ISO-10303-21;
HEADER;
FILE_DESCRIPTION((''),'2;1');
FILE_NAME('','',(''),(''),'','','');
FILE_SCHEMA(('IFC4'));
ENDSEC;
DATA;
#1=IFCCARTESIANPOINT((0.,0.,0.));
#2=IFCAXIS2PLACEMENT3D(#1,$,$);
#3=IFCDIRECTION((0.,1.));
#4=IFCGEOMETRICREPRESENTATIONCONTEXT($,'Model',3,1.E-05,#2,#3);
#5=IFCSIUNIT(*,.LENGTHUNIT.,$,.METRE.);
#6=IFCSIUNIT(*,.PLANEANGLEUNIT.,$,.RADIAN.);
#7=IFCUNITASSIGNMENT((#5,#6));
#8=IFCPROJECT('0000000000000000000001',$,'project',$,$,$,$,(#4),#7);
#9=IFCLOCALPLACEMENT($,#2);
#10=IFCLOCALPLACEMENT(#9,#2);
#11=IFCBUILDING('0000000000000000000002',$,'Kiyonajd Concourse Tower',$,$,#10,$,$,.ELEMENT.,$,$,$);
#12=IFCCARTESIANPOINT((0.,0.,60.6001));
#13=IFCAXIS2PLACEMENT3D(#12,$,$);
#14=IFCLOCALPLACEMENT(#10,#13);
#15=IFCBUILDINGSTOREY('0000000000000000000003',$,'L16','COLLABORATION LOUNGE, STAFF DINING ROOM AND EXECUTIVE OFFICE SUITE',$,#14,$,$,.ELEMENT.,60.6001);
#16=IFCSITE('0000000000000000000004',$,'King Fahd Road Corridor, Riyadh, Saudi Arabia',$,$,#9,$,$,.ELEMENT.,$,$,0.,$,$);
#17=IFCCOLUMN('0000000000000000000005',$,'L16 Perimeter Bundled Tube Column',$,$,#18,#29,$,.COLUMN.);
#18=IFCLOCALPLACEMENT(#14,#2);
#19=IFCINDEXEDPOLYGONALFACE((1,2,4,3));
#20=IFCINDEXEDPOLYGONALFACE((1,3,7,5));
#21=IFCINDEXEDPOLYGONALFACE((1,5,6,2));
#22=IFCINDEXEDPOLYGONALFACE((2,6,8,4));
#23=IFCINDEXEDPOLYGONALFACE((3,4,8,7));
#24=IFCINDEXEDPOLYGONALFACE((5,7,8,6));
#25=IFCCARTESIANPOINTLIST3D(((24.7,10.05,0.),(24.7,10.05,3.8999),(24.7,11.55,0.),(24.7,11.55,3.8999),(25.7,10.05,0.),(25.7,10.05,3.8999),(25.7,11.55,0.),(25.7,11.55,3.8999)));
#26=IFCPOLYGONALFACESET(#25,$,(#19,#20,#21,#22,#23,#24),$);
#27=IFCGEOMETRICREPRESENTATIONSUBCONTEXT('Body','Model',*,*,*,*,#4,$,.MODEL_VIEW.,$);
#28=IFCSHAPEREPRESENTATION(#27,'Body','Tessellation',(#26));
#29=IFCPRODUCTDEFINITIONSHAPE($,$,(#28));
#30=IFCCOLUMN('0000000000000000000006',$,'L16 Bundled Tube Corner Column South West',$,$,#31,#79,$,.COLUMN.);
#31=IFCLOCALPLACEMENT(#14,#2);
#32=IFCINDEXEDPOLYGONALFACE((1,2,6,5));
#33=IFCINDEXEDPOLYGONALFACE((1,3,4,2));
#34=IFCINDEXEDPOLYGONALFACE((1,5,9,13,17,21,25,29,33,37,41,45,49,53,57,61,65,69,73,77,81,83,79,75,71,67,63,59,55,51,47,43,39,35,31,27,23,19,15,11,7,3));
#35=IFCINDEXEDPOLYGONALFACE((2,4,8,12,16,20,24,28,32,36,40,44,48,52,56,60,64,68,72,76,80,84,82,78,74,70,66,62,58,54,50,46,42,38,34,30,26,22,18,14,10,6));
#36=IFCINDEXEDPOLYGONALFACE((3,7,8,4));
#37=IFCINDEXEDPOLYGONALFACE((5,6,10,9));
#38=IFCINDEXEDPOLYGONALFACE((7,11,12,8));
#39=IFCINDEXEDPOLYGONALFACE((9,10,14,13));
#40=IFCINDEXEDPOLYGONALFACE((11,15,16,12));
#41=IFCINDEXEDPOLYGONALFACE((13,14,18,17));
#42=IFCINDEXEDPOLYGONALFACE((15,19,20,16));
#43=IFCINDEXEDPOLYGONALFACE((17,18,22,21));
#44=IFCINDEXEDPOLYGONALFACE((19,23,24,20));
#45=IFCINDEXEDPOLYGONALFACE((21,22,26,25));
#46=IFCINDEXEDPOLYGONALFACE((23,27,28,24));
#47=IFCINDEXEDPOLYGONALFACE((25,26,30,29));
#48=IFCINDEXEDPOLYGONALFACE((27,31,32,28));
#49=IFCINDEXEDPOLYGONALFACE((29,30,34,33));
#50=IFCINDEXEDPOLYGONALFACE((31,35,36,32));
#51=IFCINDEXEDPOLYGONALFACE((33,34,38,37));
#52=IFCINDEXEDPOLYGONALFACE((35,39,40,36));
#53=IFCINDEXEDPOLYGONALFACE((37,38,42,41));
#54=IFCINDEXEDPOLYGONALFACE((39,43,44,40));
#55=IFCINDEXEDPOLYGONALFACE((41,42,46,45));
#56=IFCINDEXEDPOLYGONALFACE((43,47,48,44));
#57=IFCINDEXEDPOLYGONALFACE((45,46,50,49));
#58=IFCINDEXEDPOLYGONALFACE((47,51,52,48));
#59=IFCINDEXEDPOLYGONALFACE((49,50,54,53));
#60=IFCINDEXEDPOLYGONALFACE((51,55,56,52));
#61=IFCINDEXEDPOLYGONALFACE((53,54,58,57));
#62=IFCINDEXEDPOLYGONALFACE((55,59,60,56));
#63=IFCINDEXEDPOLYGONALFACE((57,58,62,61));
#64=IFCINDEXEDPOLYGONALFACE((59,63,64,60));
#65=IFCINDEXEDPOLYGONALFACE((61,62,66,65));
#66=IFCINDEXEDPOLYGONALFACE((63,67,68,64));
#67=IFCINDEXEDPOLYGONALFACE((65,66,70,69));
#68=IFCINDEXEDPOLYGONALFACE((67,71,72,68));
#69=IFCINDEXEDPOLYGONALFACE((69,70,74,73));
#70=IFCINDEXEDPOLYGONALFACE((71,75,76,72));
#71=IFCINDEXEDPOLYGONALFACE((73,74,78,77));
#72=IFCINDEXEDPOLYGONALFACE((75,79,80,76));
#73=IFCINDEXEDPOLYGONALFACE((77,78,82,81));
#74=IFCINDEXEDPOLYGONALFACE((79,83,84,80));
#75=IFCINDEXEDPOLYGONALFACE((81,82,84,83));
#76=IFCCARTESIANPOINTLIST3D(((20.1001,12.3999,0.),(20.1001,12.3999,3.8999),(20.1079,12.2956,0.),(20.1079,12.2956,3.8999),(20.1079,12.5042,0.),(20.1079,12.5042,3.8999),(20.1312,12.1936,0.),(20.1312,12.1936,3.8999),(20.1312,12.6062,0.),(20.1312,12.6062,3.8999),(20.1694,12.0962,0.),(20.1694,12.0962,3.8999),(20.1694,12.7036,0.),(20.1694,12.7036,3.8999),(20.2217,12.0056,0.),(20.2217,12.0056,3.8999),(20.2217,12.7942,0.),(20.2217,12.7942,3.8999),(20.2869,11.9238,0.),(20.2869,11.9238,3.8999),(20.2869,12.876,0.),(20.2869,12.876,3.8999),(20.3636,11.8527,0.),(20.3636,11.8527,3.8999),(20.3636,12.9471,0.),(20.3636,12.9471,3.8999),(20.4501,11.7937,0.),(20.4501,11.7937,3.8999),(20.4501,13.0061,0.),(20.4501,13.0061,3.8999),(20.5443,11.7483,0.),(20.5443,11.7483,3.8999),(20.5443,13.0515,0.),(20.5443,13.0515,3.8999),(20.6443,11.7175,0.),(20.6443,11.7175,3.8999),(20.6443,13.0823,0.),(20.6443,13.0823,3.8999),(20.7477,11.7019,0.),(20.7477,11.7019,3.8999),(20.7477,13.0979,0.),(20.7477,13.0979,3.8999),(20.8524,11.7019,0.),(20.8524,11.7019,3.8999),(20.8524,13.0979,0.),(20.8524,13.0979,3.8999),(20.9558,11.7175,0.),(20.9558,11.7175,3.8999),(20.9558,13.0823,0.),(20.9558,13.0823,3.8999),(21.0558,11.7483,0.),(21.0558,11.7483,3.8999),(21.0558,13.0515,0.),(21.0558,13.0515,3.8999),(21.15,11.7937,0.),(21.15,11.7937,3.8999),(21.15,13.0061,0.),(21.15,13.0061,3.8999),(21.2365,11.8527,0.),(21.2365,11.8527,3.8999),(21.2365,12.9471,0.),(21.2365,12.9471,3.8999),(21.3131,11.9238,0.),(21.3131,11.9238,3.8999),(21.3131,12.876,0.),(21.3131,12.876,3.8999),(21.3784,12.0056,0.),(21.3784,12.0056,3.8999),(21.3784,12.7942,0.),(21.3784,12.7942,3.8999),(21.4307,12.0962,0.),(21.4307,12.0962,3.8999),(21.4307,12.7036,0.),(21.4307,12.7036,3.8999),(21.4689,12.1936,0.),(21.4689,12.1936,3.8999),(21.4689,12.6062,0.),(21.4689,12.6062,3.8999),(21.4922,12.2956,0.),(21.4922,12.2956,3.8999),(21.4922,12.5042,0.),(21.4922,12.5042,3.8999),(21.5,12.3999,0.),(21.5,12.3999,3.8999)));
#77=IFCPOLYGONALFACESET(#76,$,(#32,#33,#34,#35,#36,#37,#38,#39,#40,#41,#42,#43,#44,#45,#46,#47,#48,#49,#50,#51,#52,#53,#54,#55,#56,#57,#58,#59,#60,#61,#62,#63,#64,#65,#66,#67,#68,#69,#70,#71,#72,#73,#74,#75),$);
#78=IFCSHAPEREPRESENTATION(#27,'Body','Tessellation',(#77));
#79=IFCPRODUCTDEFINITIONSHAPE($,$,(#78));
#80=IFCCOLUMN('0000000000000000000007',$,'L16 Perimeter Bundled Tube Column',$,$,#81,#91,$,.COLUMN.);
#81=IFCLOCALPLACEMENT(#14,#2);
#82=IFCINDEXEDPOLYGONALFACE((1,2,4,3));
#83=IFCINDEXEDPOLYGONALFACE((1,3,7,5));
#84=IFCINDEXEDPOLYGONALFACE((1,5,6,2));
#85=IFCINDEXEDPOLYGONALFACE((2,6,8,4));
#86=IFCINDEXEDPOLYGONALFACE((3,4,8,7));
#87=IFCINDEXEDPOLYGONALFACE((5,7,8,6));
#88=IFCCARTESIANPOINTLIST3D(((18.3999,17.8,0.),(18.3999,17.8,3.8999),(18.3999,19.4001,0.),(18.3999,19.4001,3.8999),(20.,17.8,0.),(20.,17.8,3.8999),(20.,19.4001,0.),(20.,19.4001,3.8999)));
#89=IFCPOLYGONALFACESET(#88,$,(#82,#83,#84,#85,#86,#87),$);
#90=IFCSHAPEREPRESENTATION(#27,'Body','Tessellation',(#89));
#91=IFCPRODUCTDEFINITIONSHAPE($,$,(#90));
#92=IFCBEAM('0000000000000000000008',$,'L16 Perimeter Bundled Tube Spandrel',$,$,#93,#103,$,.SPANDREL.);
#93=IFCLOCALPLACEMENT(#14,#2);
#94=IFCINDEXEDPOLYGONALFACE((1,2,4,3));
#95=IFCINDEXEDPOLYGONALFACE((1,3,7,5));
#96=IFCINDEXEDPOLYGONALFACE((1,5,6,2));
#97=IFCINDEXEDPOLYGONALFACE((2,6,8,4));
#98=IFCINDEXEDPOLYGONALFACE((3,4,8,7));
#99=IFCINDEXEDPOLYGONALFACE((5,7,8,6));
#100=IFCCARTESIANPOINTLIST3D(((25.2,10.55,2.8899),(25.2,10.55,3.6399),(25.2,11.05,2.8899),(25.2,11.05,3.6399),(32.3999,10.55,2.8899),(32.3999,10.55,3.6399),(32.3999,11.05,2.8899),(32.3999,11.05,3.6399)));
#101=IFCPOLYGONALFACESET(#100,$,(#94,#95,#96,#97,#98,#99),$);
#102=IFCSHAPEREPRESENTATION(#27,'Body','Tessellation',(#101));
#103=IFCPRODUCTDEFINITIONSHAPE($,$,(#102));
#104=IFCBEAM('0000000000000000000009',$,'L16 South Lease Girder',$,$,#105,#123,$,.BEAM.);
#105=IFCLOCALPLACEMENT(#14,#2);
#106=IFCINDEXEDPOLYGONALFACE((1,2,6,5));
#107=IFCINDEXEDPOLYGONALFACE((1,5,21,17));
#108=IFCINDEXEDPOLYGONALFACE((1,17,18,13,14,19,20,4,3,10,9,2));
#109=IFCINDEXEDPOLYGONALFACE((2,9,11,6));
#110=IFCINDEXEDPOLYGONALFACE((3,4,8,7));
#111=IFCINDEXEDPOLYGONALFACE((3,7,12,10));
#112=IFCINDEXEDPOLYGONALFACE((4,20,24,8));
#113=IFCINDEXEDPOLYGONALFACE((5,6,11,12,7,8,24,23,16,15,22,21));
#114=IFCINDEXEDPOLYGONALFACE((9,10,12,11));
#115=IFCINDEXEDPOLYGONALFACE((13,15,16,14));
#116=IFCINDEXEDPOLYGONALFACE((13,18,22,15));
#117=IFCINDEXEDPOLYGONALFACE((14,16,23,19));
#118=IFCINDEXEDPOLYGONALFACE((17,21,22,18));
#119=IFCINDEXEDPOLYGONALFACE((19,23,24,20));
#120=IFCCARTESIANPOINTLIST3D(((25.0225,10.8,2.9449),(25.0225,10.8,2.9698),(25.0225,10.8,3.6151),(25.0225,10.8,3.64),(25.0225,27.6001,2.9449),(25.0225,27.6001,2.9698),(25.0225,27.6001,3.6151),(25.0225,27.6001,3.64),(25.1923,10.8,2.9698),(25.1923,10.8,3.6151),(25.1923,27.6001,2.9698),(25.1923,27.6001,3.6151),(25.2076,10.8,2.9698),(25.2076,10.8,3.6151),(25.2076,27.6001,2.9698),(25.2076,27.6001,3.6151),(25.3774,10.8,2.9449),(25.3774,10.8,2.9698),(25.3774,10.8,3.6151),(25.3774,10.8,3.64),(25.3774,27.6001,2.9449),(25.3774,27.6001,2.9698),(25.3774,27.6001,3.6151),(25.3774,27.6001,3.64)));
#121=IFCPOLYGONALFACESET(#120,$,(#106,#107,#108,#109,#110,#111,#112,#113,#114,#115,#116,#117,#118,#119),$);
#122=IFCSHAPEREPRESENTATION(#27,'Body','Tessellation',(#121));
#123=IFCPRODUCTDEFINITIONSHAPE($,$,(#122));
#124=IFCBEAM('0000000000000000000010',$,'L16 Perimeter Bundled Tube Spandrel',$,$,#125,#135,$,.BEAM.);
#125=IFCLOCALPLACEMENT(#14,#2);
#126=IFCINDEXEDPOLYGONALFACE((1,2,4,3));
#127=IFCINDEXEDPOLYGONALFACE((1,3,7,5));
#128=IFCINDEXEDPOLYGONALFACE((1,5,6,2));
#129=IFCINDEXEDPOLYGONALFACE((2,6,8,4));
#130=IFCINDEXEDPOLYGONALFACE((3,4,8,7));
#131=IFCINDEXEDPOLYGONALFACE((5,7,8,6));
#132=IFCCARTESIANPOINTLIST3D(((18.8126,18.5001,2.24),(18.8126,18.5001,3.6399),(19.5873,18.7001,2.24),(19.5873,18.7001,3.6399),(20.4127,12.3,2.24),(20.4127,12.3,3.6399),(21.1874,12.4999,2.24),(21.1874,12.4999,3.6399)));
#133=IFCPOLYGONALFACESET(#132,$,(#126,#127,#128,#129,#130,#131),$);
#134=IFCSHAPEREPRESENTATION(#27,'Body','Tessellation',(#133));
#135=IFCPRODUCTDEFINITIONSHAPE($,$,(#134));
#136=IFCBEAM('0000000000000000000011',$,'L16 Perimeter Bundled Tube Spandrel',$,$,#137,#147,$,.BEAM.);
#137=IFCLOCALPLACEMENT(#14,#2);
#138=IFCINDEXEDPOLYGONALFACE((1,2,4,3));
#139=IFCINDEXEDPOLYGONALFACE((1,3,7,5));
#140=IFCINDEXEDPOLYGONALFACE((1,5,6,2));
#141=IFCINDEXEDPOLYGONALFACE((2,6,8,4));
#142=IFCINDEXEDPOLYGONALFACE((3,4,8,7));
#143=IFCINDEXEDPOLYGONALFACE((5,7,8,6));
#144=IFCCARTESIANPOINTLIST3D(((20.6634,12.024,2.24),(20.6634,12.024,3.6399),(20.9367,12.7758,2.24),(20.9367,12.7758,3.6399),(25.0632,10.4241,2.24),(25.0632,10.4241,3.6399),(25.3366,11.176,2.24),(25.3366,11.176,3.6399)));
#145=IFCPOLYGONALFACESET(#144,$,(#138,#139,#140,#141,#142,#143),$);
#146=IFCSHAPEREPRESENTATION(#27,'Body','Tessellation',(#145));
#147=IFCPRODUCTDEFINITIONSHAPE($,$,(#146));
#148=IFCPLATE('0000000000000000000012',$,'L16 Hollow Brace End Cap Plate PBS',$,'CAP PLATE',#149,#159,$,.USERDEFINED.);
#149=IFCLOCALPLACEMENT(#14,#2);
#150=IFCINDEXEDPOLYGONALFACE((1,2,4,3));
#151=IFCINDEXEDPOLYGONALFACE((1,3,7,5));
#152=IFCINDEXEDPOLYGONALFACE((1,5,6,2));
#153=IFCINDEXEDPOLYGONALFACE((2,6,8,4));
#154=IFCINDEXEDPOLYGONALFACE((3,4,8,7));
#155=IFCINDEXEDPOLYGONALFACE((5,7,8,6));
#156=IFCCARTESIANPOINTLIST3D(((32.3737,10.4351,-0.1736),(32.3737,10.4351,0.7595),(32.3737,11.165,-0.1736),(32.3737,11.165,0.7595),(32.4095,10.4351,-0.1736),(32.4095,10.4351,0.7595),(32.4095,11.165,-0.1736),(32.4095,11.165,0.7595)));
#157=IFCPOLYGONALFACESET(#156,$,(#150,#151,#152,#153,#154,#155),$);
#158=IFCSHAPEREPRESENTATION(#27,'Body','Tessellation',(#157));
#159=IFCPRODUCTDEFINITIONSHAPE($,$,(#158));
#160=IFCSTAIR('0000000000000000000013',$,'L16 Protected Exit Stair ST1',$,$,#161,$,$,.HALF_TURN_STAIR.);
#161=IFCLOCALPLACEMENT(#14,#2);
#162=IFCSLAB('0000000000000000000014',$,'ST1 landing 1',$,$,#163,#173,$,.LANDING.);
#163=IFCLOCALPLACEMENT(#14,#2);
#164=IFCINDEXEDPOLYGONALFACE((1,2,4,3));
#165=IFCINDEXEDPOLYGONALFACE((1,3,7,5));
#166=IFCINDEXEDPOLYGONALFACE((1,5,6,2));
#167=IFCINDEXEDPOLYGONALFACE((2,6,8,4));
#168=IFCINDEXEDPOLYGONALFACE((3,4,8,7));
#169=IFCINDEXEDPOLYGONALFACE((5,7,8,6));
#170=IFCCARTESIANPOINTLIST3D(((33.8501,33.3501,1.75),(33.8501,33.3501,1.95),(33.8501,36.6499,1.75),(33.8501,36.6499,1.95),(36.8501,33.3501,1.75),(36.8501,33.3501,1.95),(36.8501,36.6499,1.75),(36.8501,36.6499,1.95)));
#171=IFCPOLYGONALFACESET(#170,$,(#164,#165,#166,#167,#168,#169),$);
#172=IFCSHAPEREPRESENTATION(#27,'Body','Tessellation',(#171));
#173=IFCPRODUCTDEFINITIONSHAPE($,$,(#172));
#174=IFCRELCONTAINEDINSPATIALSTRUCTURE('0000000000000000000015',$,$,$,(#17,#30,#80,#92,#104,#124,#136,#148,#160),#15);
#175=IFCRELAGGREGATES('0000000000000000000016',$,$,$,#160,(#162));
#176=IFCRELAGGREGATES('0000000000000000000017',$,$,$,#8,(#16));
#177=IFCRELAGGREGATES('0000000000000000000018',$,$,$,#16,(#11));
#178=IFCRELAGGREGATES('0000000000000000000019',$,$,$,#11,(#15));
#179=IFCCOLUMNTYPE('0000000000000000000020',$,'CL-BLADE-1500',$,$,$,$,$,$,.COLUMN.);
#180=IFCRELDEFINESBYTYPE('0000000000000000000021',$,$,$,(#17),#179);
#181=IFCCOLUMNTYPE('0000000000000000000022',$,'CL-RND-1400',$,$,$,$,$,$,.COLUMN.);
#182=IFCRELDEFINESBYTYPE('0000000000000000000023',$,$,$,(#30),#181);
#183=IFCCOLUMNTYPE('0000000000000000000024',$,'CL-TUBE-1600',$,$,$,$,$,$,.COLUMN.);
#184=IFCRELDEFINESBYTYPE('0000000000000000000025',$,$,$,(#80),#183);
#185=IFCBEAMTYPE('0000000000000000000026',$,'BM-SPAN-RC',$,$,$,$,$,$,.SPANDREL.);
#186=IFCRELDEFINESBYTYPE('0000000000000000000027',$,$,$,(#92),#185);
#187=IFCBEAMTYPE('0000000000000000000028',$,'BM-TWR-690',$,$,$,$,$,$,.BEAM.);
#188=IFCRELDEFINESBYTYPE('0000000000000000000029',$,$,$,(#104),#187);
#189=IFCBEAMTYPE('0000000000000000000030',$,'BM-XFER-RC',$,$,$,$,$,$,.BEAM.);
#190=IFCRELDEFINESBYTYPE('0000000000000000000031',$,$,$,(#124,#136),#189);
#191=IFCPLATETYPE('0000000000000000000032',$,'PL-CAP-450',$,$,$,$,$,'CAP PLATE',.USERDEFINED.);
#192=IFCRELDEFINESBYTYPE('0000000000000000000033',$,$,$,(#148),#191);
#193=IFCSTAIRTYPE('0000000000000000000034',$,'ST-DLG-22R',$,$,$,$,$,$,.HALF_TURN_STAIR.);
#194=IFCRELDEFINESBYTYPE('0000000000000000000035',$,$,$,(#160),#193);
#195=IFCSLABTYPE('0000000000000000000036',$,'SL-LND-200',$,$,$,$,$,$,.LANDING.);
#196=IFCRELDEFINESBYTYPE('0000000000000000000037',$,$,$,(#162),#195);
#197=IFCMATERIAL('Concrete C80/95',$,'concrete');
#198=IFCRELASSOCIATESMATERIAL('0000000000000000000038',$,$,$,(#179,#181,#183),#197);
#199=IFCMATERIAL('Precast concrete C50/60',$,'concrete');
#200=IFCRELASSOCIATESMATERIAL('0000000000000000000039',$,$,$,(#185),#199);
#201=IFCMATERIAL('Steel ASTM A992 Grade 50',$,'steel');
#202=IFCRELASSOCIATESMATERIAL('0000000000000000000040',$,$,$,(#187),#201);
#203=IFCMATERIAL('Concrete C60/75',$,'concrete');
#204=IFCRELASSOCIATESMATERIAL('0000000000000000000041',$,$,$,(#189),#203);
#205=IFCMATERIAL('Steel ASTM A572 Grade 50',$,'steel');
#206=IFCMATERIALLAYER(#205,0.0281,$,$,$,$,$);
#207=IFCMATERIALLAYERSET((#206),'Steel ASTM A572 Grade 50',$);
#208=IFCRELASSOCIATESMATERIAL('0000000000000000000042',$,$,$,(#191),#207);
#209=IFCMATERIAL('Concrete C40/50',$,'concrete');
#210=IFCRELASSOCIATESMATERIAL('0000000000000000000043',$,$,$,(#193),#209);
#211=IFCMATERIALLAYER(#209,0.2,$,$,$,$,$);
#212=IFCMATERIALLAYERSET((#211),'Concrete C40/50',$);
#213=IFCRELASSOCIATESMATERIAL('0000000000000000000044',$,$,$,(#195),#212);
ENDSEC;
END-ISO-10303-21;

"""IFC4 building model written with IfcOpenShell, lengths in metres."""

from ifc_helpers import new_model, si_unit, direction, frame, origin, origin_2d, place, context, subcontext, project, spatial, polyline, rectangle, circle, i_section, outline, extrude, material, layer, layer_set, material_profile, profile_set, type_object, element, aggregate, save


model = new_model("IFC4")

# Units and contexts
model_context = context("Model", 3, precision=1e-05, world=origin(), true_north=direction((0.0, 1.0)))
body_context = subcontext(model_context, "Body", "Model", "MODEL_VIEW")
ifc_project = project(units=[si_unit("LENGTHUNIT", "METRE"), si_unit("PLANEANGLEUNIT", "RADIAN")], contexts=[model_context])

# Site, building, storey
site_placement = place(None, origin())
site = spatial("IfcSite", under=ifc_project, at=site_placement, Name="King Fahd Road Corridor, Riyadh, Saudi Arabia", CompositionType="ELEMENT", RefElevation=0.0)
building_placement = place(site_placement, origin())
building = spatial("IfcBuilding", under=site, at=building_placement, Name="Kiyonajd Concourse Tower", CompositionType="ELEMENT")
storey_placement = place(building_placement, frame((0.0, 0.0, 60.6001)))
storey = spatial("IfcBuildingStorey", under=building, at=storey_placement, Name="L16", Description="COLLABORATION LOUNGE, STAFF DINING ROOM AND EXECUTIVE OFFICE SUITE", CompositionType="ELEMENT", Elevation=60.6001)

# Columns
ifc_material_1 = material(Name="Concrete C80/95", Category="concrete")
ifc_material_profile_1 = material_profile(ifc_material_1, rectangle(XDim=1.0, YDim=1.5, at=origin_2d()), Name="RC-1500x1000")
ifc_profile_set_1 = profile_set([ifc_material_profile_1], Name="Concrete C80/95")
column_type_1 = type_object("IfcColumnType", Name="CL-BLADE-1500", PredefinedType="COLUMN", material=ifc_profile_set_1)
column_1_placement = place(storey_placement, frame((25.2, 10.8, 0.0), z_axis=(0.0, 0.0, 1.0), x_axis=(1.0, 0.0, 0.0)))
element("IfcColumn", 1, at=column_1_placement, inside=storey, type_object=column_type_1, Name="L16 Perimeter Bundled Tube Column", PredefinedType="COLUMN", context=body_context, shape_type="SweptSolid", body=[
    extrude(rectangle(XDim=1.0, YDim=1.5, at=origin_2d()), origin(), (0.0, 0.0, 1.0), 3.8999),
])
ifc_material_profile_2 = material_profile(ifc_material_1, circle(Radius=0.7, at=origin_2d()), Name="RCC-D1400")
ifc_profile_set_2 = profile_set([ifc_material_profile_2], Name="Concrete C80/95")
column_type_2 = type_object("IfcColumnType", Name="CL-RND-1400", PredefinedType="COLUMN", material=ifc_profile_set_2)
column_2_placement = place(storey_placement, frame((20.8, 12.3999, 0.0), z_axis=(0.0, 0.0, 1.0), x_axis=(1.0, 0.0, 0.0)))
element("IfcColumn", 2, at=column_2_placement, inside=storey, type_object=column_type_2, Name="L16 Bundled Tube Corner Column South West", PredefinedType="COLUMN", context=body_context, shape_type="SweptSolid", body=[
    extrude(circle(Radius=0.7, at=origin_2d()), origin(), (0.0, 0.0, 1.0), 3.8999),
])
ifc_material_profile_3 = material_profile(ifc_material_1, rectangle(XDim=1.6001, YDim=1.6001, at=origin_2d()), Name="RC-1600x1600")
ifc_profile_set_3 = profile_set([ifc_material_profile_3], Name="Concrete C80/95")
column_type_3 = type_object("IfcColumnType", Name="CL-TUBE-1600", PredefinedType="COLUMN", material=ifc_profile_set_3)
column_3_placement = place(storey_placement, frame((19.2, 18.6001, 0.0), z_axis=(0.0, 0.0, 1.0), x_axis=(1.0, 0.0, 0.0)))
element("IfcColumn", 3, at=column_3_placement, inside=storey, type_object=column_type_3, Name="L16 Perimeter Bundled Tube Column", PredefinedType="COLUMN", context=body_context, shape_type="SweptSolid", body=[
    extrude(rectangle(XDim=1.6001, YDim=1.6001, at=origin_2d()), origin(), (0.0, 0.0, 1.0), 3.8999),
])

# Beams
ifc_material_2 = material(Name="Precast concrete C50/60", Category="concrete")
ifc_material_profile_4 = material_profile(ifc_material_2, rectangle(XDim=0.5, YDim=0.75, at=origin_2d()), Name="RCBM-500x750")
ifc_profile_set_4 = profile_set([ifc_material_profile_4], Name="Precast concrete C50/60")
beam_type_1 = type_object("IfcBeamType", Name="BM-SPAN-RC", PredefinedType="SPANDREL", material=ifc_profile_set_4)
beam_1_placement = place(storey_placement, frame((25.2, 10.8, 3.2649), z_axis=(1.0, 0.0, 0.0), x_axis=(0.0, 1.0, 0.0)))
element("IfcBeam", 4, at=beam_1_placement, inside=storey, type_object=beam_type_1, Name="L16 Perimeter Bundled Tube Spandrel", PredefinedType="SPANDREL", context=body_context, shape_type="SweptSolid", body=[
    extrude(rectangle(XDim=0.5, YDim=0.75, at=origin_2d()), origin(), (0.0, 0.0, 1.0), 7.2),
])
ifc_material_3 = material(Name="Steel ASTM A992 Grade 50", Category="steel")
ifc_material_profile_5 = material_profile(ifc_material_3, i_section(OverallWidth=0.355, OverallDepth=0.6951, WebThickness=0.0154, FlangeThickness=0.0249, at=origin_2d()), Name="W690X217")
ifc_profile_set_5 = profile_set([ifc_material_profile_5], Name="Steel ASTM A992 Grade 50")
beam_type_2 = type_object("IfcBeamType", Name="BM-TWR-690", PredefinedType="BEAM", material=ifc_profile_set_5)
beam_2_placement = place(storey_placement, frame((25.2, 10.8, 3.2925), z_axis=(0.0, 1.0, 0.0), x_axis=(-1.0, 0.0, 0.0)))
element("IfcBeam", 5, at=beam_2_placement, inside=storey, type_object=beam_type_2, Name="L16 South Lease Girder", PredefinedType="BEAM", context=body_context, shape_type="SweptSolid", body=[
    extrude(i_section(OverallWidth=0.355, OverallDepth=0.6951, WebThickness=0.0154, FlangeThickness=0.0249, at=origin_2d()), origin(), (0.0, 0.0, 1.0), 16.8),
])
ifc_material_4 = material(Name="Concrete C60/75", Category="concrete")
ifc_material_profile_6 = material_profile(ifc_material_4, rectangle(XDim=0.8, YDim=1.3999, at=origin_2d()), Name="RCBM-800x1400")
ifc_profile_set_6 = profile_set([ifc_material_profile_6], Name="Concrete C60/75")
beam_type_3 = type_object("IfcBeamType", Name="BM-XFER-RC", PredefinedType="BEAM", material=ifc_profile_set_6)
beam_3_placement = place(storey_placement, frame((19.2, 18.6001, 2.9399), z_axis=(0.249885, -0.968276, 0.0), x_axis=(0.968276, 0.249885, 0.0)))
element("IfcBeam", 6, at=beam_3_placement, inside=storey, type_object=beam_type_3, Name="L16 Perimeter Bundled Tube Spandrel", PredefinedType="BEAM", context=body_context, shape_type="SweptSolid", body=[
    extrude(rectangle(XDim=0.8, YDim=1.3999, at=origin_2d()), origin(), (0.0, 0.0, 1.0), 6.4033),
])
beam_4_placement = place(storey_placement, frame((20.8, 12.3999, 2.9399), z_axis=(0.939801, -0.341722, 0.0), x_axis=(0.341722, 0.939801, 0.0)))
element("IfcBeam", 7, at=beam_4_placement, inside=storey, type_object=beam_type_3, Name="L16 Perimeter Bundled Tube Spandrel", PredefinedType="BEAM", context=body_context, shape_type="SweptSolid", body=[
    extrude(rectangle(XDim=0.8, YDim=1.3999, at=origin_2d()), origin(), (0.0, 0.0, 1.0), 4.6816),
])

# Plate
ifc_material_5 = material(Name="Steel ASTM A572 Grade 50", Category="steel")
ifc_layer_1 = layer(ifc_material_5, 0.0281)
ifc_layer_set_1 = layer_set([ifc_layer_1], Name="Steel ASTM A572 Grade 50")
plate_type = type_object("IfcPlateType", Name="PL-CAP-450", ElementType="CAP PLATE", PredefinedType="USERDEFINED", material=ifc_layer_set_1)
plate_placement = place(storey_placement, frame((32.3916, 10.8, -0.1736), z_axis=(0.0, 0.0, 1.0), x_axis=(-1.0, 0.0, 0.0)))
element("IfcPlate", 8, at=plate_placement, inside=storey, type_object=plate_type, Name="L16 Hollow Brace End Cap Plate PBS", ObjectType="CAP PLATE", PredefinedType="USERDEFINED", context=body_context, shape_type="SweptSolid", body=[
    extrude(rectangle(XDim=0.0359, YDim=0.73, at=origin_2d()), origin(), (0.0, 0.0, 1.0), 0.9331),
])

# Stair, slab
ifc_material_6 = material(Name="Concrete C40/50", Category="concrete")
stair_type = type_object("IfcStairType", Name="ST-DLG-22R", PredefinedType="HALF_TURN_STAIR", material=ifc_material_6)
stair_1_placement = place(storey_placement, origin())
stair_1 = element("IfcStair", 9, at=stair_1_placement, inside=storey, type_object=stair_type, Name="L16 Protected Exit Stair ST1", PredefinedType="HALF_TURN_STAIR")
ifc_layer_2 = layer(ifc_material_6, 0.2)
ifc_layer_set_2 = layer_set([ifc_layer_2], Name="Concrete C40/50")
slab_type_1 = type_object("IfcSlabType", Name="SL-LND-200", PredefinedType="LANDING", material=ifc_layer_set_2)
slab_1_placement = place(storey_placement, frame((0.0, 0.0, 1.75)))
slab_1 = element("IfcSlab", 10, at=slab_1_placement, type_object=slab_type_1, Name="ST1 landing 1", PredefinedType="LANDING", context=body_context, shape_type="SweptSolid", body=[
    extrude(outline(polyline([(36.8501, 33.3501), (36.8501, 36.6499), (33.8501, 36.6499), (33.8501, 33.3501), (36.8501, 33.3501)])), origin(), (0.0, 0.0, 1.0), 0.2),
])
aggregate(stair_1, [slab_1])

save(model, "model.ifc")
